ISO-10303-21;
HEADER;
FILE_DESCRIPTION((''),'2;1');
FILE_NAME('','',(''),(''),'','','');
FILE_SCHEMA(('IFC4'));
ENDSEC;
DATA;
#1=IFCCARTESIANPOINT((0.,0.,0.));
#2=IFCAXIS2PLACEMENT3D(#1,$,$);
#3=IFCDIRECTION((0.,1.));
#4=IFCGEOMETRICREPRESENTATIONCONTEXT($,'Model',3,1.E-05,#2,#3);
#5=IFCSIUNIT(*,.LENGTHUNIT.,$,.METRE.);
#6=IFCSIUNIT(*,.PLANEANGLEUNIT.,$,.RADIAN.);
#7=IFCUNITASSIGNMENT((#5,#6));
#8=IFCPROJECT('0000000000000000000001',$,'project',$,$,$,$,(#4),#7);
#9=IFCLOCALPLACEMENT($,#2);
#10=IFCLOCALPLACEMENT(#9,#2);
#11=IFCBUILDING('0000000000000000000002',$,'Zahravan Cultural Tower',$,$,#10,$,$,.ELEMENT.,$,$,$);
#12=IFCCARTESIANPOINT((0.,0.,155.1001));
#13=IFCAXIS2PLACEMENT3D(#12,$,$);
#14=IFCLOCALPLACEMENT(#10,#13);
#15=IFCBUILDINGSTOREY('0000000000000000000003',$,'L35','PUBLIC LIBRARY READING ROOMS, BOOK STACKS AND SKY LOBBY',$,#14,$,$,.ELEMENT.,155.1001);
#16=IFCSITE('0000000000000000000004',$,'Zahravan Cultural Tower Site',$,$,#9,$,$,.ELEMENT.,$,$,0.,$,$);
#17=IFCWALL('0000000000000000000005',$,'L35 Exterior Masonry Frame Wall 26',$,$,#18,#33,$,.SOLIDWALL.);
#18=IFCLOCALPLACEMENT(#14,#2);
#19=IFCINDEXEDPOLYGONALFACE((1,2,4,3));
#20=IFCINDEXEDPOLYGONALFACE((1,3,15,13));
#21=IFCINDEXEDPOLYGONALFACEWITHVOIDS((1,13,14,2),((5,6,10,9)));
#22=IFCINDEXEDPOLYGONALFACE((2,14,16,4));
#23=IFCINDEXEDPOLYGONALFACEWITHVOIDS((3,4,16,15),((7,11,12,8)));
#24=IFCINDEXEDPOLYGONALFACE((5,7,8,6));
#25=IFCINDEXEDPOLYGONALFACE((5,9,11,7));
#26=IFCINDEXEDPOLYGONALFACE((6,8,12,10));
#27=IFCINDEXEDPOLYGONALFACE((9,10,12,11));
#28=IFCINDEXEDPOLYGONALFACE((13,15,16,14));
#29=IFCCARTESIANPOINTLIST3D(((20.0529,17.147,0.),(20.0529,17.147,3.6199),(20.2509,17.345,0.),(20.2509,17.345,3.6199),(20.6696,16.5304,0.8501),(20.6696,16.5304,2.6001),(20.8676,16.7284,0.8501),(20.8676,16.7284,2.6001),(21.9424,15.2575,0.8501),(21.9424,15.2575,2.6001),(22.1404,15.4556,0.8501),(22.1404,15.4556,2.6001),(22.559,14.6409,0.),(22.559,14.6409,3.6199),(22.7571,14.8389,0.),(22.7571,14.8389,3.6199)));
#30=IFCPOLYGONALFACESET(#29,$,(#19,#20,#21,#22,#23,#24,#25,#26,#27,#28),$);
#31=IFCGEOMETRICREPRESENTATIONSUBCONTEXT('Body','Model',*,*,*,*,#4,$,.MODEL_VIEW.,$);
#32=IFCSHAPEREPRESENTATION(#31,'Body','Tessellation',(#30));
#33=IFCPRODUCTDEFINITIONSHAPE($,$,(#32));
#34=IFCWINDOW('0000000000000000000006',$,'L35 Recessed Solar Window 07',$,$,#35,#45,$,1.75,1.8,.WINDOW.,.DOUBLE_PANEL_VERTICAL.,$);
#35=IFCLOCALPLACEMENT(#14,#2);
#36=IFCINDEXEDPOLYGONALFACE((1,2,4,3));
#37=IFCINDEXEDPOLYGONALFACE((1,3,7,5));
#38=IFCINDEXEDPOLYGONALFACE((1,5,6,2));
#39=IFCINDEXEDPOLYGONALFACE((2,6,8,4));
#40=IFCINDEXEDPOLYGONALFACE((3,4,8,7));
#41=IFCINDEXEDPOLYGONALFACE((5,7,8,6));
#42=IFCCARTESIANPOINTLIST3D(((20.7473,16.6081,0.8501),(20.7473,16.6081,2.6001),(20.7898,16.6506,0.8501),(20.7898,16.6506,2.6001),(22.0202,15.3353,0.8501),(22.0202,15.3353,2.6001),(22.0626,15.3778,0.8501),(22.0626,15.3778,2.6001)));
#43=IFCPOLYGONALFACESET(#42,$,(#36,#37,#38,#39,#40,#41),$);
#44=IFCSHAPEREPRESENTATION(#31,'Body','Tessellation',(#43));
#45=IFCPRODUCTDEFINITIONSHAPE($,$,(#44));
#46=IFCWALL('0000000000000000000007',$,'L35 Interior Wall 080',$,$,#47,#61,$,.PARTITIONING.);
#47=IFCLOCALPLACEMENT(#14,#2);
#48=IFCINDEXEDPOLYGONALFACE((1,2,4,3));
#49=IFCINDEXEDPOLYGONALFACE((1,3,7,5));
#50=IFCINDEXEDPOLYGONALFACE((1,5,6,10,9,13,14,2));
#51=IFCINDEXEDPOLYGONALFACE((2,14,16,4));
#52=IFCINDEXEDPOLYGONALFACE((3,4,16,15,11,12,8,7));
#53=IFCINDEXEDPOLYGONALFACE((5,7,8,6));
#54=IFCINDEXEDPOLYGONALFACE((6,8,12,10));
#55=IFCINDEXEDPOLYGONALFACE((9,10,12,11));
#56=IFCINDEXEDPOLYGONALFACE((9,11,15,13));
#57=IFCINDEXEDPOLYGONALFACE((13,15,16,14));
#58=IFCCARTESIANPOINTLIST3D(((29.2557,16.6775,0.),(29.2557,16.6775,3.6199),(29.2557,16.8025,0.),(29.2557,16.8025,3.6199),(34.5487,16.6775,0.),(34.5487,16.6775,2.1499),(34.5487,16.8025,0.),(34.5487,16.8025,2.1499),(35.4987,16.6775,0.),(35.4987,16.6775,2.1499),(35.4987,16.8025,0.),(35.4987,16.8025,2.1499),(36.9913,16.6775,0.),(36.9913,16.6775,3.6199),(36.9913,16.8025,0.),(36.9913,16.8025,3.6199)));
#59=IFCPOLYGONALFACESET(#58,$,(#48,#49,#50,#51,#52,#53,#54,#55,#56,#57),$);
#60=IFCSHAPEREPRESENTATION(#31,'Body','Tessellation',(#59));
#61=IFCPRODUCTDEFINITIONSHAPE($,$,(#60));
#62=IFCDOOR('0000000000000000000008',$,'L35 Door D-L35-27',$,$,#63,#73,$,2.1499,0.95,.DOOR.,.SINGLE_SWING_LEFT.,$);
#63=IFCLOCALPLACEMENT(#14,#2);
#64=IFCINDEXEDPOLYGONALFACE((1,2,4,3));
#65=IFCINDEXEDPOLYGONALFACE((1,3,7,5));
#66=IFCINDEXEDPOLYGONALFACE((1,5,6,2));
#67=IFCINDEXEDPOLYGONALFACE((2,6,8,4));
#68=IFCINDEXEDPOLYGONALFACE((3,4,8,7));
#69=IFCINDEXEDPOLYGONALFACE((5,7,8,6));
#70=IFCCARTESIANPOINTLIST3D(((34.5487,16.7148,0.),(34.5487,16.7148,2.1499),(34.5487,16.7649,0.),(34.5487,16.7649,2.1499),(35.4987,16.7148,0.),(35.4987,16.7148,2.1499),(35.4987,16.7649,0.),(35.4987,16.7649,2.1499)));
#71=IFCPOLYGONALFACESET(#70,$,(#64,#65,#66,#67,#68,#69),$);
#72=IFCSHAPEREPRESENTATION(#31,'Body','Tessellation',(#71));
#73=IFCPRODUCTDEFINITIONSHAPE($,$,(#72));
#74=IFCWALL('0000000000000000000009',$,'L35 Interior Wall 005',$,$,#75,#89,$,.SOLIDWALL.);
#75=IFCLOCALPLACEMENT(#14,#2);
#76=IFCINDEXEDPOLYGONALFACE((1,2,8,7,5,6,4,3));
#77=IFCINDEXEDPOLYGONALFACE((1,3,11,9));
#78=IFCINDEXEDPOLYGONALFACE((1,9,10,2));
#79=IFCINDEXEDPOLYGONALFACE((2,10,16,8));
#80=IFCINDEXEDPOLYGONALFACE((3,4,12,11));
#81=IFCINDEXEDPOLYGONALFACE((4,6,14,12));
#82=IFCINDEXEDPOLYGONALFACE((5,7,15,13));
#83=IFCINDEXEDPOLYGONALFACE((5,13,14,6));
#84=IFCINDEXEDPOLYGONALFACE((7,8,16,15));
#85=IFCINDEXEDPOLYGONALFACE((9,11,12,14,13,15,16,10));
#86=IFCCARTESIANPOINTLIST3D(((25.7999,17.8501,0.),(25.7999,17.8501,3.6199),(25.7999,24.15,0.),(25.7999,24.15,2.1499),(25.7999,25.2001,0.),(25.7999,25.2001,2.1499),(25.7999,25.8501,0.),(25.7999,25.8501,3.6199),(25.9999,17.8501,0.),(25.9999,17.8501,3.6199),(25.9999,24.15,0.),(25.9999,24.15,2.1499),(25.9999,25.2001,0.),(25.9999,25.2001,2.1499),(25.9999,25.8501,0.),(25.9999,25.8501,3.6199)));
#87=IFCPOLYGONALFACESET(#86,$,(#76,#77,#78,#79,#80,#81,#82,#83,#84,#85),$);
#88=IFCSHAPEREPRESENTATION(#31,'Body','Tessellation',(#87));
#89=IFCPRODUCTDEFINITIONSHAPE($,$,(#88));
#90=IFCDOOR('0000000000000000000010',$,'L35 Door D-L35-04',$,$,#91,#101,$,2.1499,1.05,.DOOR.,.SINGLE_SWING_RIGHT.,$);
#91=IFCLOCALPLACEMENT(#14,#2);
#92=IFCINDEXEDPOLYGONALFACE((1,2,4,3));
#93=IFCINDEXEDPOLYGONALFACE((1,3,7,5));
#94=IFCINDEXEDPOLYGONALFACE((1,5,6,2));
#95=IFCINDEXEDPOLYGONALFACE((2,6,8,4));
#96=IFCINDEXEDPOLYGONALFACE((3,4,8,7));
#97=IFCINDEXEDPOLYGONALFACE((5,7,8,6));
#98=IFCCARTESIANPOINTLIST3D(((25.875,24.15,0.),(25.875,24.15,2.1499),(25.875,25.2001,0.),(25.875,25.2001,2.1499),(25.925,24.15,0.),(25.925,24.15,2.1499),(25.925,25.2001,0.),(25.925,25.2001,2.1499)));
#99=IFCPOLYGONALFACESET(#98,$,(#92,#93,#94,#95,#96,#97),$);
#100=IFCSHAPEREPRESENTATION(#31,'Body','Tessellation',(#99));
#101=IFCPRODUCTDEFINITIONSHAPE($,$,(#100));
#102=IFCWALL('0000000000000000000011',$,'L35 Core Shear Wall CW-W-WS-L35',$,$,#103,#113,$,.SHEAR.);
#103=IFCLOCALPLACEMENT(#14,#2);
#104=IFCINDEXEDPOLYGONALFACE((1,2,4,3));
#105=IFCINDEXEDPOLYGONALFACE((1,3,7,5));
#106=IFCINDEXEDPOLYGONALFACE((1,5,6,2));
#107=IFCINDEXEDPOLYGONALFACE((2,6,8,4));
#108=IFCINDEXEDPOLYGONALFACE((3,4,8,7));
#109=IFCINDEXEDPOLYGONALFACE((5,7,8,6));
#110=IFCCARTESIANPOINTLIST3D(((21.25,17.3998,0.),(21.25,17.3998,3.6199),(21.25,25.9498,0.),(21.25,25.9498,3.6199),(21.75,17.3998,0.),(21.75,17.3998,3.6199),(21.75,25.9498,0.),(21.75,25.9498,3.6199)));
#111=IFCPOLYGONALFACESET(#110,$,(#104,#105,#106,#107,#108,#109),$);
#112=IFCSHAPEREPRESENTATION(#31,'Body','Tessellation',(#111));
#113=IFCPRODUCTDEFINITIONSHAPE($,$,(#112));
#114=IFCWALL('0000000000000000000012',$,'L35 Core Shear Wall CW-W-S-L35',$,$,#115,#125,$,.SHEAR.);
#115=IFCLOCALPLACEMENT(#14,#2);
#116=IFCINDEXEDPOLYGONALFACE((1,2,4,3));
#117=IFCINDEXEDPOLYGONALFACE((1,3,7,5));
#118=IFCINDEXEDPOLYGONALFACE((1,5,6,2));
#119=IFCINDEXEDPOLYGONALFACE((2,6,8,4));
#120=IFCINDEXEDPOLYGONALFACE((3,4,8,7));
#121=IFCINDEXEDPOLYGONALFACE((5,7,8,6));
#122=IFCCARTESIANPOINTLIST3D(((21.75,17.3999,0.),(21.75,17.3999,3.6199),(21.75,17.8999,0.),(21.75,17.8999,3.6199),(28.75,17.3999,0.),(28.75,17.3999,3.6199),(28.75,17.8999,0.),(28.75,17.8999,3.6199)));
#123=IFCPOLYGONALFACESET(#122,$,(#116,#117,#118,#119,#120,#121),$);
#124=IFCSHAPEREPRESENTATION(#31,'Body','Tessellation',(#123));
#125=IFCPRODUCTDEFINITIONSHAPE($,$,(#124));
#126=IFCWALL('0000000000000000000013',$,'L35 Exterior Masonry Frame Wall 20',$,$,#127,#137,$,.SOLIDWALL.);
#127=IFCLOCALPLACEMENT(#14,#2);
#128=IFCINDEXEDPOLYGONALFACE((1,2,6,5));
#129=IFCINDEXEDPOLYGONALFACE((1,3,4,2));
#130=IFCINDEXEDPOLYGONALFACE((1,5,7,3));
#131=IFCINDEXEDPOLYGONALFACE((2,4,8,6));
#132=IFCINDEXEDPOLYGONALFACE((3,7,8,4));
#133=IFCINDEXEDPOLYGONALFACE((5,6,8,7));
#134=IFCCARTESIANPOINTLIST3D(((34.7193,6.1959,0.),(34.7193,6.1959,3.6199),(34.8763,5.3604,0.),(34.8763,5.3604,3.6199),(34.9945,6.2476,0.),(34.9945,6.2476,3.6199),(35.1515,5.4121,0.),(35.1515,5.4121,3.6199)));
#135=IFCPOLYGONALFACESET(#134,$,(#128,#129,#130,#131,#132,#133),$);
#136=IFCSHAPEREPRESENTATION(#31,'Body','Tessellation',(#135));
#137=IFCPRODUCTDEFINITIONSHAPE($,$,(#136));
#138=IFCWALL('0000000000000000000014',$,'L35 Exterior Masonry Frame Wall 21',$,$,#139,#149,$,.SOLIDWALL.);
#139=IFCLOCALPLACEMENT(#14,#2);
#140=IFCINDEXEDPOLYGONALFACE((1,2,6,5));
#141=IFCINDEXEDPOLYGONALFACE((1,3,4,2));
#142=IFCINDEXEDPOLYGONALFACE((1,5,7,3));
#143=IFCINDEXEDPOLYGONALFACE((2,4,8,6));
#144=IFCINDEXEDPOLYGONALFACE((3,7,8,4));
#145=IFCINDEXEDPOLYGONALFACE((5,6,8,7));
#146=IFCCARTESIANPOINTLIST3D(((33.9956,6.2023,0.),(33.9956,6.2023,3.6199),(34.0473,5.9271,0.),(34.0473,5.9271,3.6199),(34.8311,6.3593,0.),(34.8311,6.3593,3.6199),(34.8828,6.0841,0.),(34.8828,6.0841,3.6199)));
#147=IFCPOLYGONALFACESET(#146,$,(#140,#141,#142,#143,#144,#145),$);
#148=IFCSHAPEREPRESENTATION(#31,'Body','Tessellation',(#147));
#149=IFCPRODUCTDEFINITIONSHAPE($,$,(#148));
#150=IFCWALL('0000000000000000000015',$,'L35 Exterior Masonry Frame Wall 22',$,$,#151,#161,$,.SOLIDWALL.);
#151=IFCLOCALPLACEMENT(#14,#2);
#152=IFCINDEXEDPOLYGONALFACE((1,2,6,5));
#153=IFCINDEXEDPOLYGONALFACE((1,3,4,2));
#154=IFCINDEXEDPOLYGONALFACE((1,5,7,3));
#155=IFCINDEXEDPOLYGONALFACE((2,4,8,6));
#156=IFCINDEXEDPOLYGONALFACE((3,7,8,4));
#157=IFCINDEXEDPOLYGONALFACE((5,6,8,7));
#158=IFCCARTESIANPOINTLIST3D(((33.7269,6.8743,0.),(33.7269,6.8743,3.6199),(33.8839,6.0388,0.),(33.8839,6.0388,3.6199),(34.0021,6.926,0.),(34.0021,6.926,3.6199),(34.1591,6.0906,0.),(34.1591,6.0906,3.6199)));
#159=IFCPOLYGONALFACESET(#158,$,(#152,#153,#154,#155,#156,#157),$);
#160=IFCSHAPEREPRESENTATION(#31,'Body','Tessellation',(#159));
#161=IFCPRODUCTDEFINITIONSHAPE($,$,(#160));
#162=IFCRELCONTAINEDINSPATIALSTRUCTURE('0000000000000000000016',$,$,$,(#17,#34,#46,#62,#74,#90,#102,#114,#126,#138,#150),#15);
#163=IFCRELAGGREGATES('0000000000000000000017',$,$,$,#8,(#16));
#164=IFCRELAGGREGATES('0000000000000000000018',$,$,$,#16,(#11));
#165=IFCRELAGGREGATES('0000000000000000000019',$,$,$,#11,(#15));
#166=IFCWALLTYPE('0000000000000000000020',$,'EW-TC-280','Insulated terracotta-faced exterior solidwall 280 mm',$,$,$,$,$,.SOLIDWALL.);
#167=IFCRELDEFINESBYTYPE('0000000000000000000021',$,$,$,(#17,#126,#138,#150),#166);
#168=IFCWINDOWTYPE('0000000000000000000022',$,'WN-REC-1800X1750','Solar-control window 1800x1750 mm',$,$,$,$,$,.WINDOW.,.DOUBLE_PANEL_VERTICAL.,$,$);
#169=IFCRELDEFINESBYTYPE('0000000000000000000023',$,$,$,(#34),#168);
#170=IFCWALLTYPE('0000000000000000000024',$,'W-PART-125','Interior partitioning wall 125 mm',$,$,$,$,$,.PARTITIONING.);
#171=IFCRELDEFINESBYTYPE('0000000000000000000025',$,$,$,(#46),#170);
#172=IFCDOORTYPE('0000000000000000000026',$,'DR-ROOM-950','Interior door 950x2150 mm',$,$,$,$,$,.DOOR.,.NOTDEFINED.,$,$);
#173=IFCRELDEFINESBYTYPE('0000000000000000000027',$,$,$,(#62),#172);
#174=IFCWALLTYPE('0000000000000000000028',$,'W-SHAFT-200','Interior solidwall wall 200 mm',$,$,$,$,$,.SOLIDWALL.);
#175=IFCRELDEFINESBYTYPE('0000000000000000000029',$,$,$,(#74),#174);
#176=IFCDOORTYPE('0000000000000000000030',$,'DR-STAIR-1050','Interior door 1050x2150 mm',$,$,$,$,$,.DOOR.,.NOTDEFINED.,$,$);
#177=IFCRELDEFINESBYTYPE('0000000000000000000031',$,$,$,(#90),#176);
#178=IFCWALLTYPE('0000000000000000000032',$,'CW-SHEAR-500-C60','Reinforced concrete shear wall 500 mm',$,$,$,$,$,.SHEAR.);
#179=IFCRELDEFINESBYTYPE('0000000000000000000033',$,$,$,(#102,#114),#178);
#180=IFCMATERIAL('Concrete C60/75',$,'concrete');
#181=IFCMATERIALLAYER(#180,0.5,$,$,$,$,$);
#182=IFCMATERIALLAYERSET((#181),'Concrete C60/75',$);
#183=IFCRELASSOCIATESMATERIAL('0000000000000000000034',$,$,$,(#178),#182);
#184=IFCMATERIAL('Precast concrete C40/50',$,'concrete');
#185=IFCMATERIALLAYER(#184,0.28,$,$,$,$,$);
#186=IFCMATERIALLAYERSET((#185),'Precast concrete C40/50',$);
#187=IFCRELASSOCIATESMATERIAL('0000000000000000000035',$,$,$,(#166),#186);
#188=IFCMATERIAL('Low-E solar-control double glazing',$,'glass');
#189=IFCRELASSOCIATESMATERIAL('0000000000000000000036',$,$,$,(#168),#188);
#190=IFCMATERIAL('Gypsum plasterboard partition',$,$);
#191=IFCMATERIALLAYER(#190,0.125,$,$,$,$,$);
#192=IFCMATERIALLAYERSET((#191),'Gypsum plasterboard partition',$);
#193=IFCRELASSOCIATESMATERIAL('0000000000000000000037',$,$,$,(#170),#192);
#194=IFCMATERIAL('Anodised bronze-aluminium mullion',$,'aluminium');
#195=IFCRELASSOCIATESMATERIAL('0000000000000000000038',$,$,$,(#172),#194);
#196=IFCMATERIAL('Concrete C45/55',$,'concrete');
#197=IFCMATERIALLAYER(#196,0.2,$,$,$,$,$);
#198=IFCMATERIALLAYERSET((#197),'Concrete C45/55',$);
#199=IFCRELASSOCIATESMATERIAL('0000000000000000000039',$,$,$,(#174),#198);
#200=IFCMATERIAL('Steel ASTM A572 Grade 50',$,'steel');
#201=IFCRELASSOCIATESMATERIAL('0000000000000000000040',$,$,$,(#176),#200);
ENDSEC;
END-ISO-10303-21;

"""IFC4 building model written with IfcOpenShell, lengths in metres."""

from ifc_helpers import new_model, si_unit, direction, frame, frame_2d, origin, place, context, subcontext, project, spatial, rectangle, extrude, source, transform, mapped, material, layer, layer_set, type_object, element, fill, save


model = new_model("IFC4")

# Units and contexts
model_context = context("Model", 3, precision=1e-05, world=origin(), true_north=direction((0.0, 1.0)))
body_context = subcontext(model_context, "Body", "Model", "MODEL_VIEW")
ifc_project = project(units=[si_unit("LENGTHUNIT", "METRE"), si_unit("PLANEANGLEUNIT", "RADIAN")], contexts=[model_context])

# Site, building, storey
site_placement = place(None, origin())
site = spatial("IfcSite", under=ifc_project, at=site_placement, Name="Zahravan Cultural Tower Site", CompositionType="ELEMENT", RefElevation=0.0)
building_placement = place(site_placement, origin())
building = spatial("IfcBuilding", under=site, at=building_placement, Name="Zahravan Cultural Tower", CompositionType="ELEMENT")
storey_placement = place(building_placement, frame((0.0, 0.0, 155.1001)))
storey = spatial("IfcBuildingStorey", under=building, at=storey_placement, Name="L35", Description="PUBLIC LIBRARY READING ROOMS, BOOK STACKS AND SKY LOBBY", CompositionType="ELEMENT", Elevation=155.1001)

# Shared definitions
ifc_material_1 = material(Name="Concrete C60/75", Category="concrete")
ifc_layer_1 = layer(ifc_material_1, 0.5)
ifc_layer_set_1 = layer_set([ifc_layer_1], Name="Concrete C60/75")
wall_type_1 = type_object("IfcWallType", Name="CW-SHEAR-500-C60", Description="Reinforced concrete shear wall 500 mm", PredefinedType="SHEAR", material=ifc_layer_set_1)
ifc_material_2 = material(Name="Steel ASTM A572 Grade 50", Category="steel")

# Wall, opening, window
ifc_material_3 = material(Name="Precast concrete C40/50", Category="concrete")
ifc_layer_2 = layer(ifc_material_3, 0.28)
ifc_layer_set_2 = layer_set([ifc_layer_2], Name="Precast concrete C40/50")
wall_type_2 = type_object("IfcWallType", Name="EW-TC-280", Description="Insulated terracotta-faced exterior solidwall 280 mm", PredefinedType="SOLIDWALL", material=ifc_layer_set_2)
ifc_material_4 = material(Name="Low-E solar-control double glazing", Category="glass")
window_type = type_object("IfcWindowType", Name="WN-REC-1800X1750", Description="Solar-control window 1800x1750 mm", PartitioningType="DOUBLE_PANEL_VERTICAL", PredefinedType="WINDOW", material=ifc_material_4)
shared_shape_1 = source(origin(), body_context, "Body", "SweptSolid", [
    extrude(rectangle(XDim=1.8, YDim=1.75, at=frame_2d((0.8999, 0.875))), frame((0.0, 0.03, 0.0), z_axis=(0.0, -1.0, 0.0), x_axis=(1.0, 0.0, 0.0)), (0.0, 0.0, 1.0), 0.0601),
])
wall_1_placement = place(storey_placement, frame((22.658, 14.74, 0.0), z_axis=(0.0, 0.0, 1.0), x_axis=(-0.707107, 0.707107, 0.0)))
wall_1 = element("IfcWall", 1, at=wall_1_placement, inside=storey, type_object=wall_type_2, Name="L35 Exterior Masonry Frame Wall 26", PredefinedType="SOLIDWALL", context=body_context, shape_type="SweptSolid", body=[
    extrude(rectangle(XDim=3.5442, YDim=0.28, at=frame_2d((1.772, 0.0))), origin(), (0.0, 0.0, 1.0), 3.6199),
])
opening_1_placement = place(wall_1_placement, frame((0.8721, 0.0, 0.8501)))
opening_1 = element("IfcOpeningElement", 2, at=opening_1_placement, cuts=wall_1, PredefinedType="OPENING", context=body_context, shape_type="SweptSolid", body=[
    extrude(rectangle(XDim=1.8, YDim=1.75, at=frame_2d((0.8999, 0.875))), frame((0.0, 0.1499, 0.0), z_axis=(0.0, -1.0, 0.0), x_axis=(1.0, 0.0, 0.0)), (0.0, 0.0, 1.0), 0.3),
])
window_1_placement = place(opening_1_placement, origin())
window_1 = element("IfcWindow", 3, at=window_1_placement, inside=storey, type_object=window_type, Name="L35 Recessed Solar Window 07", OverallHeight=1.75, OverallWidth=1.8, PartitioningType="DOUBLE_PANEL_VERTICAL", PredefinedType="WINDOW", context=body_context, shape_type="MappedRepresentation", body=[
    mapped(shared_shape_1, transform((0.0, 0.0, 0.0), x_axis=(1.0, 0.0, 0.0), y_axis=(0.0, 1.0, 0.0), z_axis=(0.0, 0.0, 1.0), scale=1.0)),
])
fill(opening_1, window_1)

# Walls, openings, doors
ifc_material_5 = material(Name="Gypsum plasterboard partition")
ifc_layer_3 = layer(ifc_material_5, 0.125)
ifc_layer_set_3 = layer_set([ifc_layer_3], Name="Gypsum plasterboard partition")
wall_type_3 = type_object("IfcWallType", Name="W-PART-125", Description="Interior partitioning wall 125 mm", PredefinedType="PARTITIONING", material=ifc_layer_set_3)
wall_2_placement = place(storey_placement, frame((29.2559, 16.74, 0.0), z_axis=(0.0, 0.0, 1.0), x_axis=(1.0, 0.0, 0.0)))
wall_2 = element("IfcWall", 4, at=wall_2_placement, inside=storey, type_object=wall_type_3, Name="L35 Interior Wall 080", PredefinedType="PARTITIONING", context=body_context, shape_type="SweptSolid", body=[
    extrude(rectangle(XDim=7.7356, YDim=0.125, at=frame_2d((3.8677, 0.0))), origin(), (0.0, 0.0, 1.0), 3.6199),
])
opening_2_placement = place(wall_2_placement, frame((5.2927, 0.0, 0.0)))
opening_2 = element("IfcOpeningElement", 5, at=opening_2_placement, cuts=wall_2, PredefinedType="OPENING", context=body_context, shape_type="SweptSolid", body=[
    extrude(rectangle(XDim=0.95, YDim=2.1499, at=frame_2d((0.4751, 1.075))), frame((0.0, 0.0725, 0.0), z_axis=(0.0, -1.0, 0.0), x_axis=(1.0, 0.0, 0.0)), (0.0, 0.0, 1.0), 0.145),
])
ifc_material_6 = material(Name="Anodised bronze-aluminium mullion", Category="aluminium")
door_type_1 = type_object("IfcDoorType", Name="DR-ROOM-950", Description="Interior door 950x2150 mm", OperationType="NOTDEFINED", PredefinedType="DOOR", material=ifc_material_6)
shared_shape_2 = source(origin(), body_context, "Body", "SweptSolid", [
    extrude(rectangle(XDim=0.95, YDim=2.1499, at=frame_2d((0.4751, 1.075))), frame((0.0, 0.0249, 0.0), z_axis=(0.0, -1.0, 0.0), x_axis=(1.0, 0.0, 0.0)), (0.0, 0.0, 1.0), 0.05),
])
door_1_placement = place(opening_2_placement, origin())
door_1 = element("IfcDoor", 6, at=door_1_placement, inside=storey, type_object=door_type_1, Name="L35 Door D-L35-27", OperationType="SINGLE_SWING_LEFT", OverallHeight=2.1499, OverallWidth=0.95, PredefinedType="DOOR", context=body_context, shape_type="MappedRepresentation", body=[
    mapped(shared_shape_2, transform((0.0, 0.0, 0.0), x_axis=(1.0, 0.0, 0.0), y_axis=(0.0, 1.0, 0.0), z_axis=(0.0, 0.0, 1.0), scale=1.0)),
])
fill(opening_2, door_1)
ifc_material_7 = material(Name="Concrete C45/55", Category="concrete")
ifc_layer_4 = layer(ifc_material_7, 0.2)
ifc_layer_set_4 = layer_set([ifc_layer_4], Name="Concrete C45/55")
wall_type_4 = type_object("IfcWallType", Name="W-SHAFT-200", Description="Interior solidwall wall 200 mm", PredefinedType="SOLIDWALL", material=ifc_layer_set_4)
wall_3_placement = place(storey_placement, frame((25.8999, 17.8501, 0.0), z_axis=(0.0, 0.0, 1.0), x_axis=(0.0, 1.0, 0.0)))
wall_3 = element("IfcWall", 7, at=wall_3_placement, inside=storey, type_object=wall_type_4, Name="L35 Interior Wall 005", PredefinedType="SOLIDWALL", context=body_context, shape_type="SweptSolid", body=[
    extrude(rectangle(XDim=8.0, YDim=0.2, at=frame_2d((4.0, 0.0))), origin(), (0.0, 0.0, 1.0), 3.6199),
])
opening_3_placement = place(wall_3_placement, frame((6.3, 0.0, 0.0)))
opening_3 = element("IfcOpeningElement", 8, at=opening_3_placement, cuts=wall_3, PredefinedType="OPENING", context=body_context, shape_type="SweptSolid", body=[
    extrude(rectangle(XDim=1.05, YDim=2.1499, at=frame_2d((0.5249, 1.075))), frame((0.0, 0.1099, 0.0), z_axis=(0.0, -1.0, 0.0), x_axis=(1.0, 0.0, 0.0)), (0.0, 0.0, 1.0), 0.22),
])
door_type_2 = type_object("IfcDoorType", Name="DR-STAIR-1050", Description="Interior door 1050x2150 mm", OperationType="NOTDEFINED", PredefinedType="DOOR", material=ifc_material_2)
shared_shape_3 = source(origin(), body_context, "Body", "SweptSolid", [
    extrude(rectangle(XDim=1.05, YDim=2.1499, at=frame_2d((0.5249, 1.075))), frame((0.0, 0.0249, 0.0), z_axis=(0.0, -1.0, 0.0), x_axis=(1.0, 0.0, 0.0)), (0.0, 0.0, 1.0), 0.05),
])
door_2_placement = place(opening_3_placement, origin())
door_2 = element("IfcDoor", 9, at=door_2_placement, inside=storey, type_object=door_type_2, Name="L35 Door D-L35-04", OperationType="SINGLE_SWING_RIGHT", OverallHeight=2.1499, OverallWidth=1.05, PredefinedType="DOOR", context=body_context, shape_type="MappedRepresentation", body=[
    mapped(shared_shape_3, transform((0.0, 0.0, 0.0), x_axis=(1.0, 0.0, 0.0), y_axis=(0.0, 1.0, 0.0), z_axis=(0.0, 0.0, 1.0), scale=1.0)),
])
fill(opening_3, door_2)

# Walls
shared_shape_4 = source(origin(), body_context, "Body", "SweptSolid", [
    extrude(rectangle(XDim=8.55, YDim=0.5, at=frame_2d((4.2749, 0.0))), origin(), (0.0, 0.0, 1.0), 3.6199),
])
wall_4_placement = place(storey_placement, frame((21.5, 17.3999, 0.0), z_axis=(0.0, 0.0, 1.0), x_axis=(0.0, 1.0, 0.0)))
element("IfcWall", 10, at=wall_4_placement, inside=storey, type_object=wall_type_1, Name="L35 Core Shear Wall CW-W-WS-L35", PredefinedType="SHEAR", context=body_context, shape_type="MappedRepresentation", body=[
    mapped(shared_shape_4, transform((0.0, 0.0, 0.0), x_axis=(1.0, 0.0, 0.0), y_axis=(0.0, 1.0, 0.0), z_axis=(0.0, 0.0, 1.0), scale=1.0)),
])
shared_shape_5 = source(origin(), body_context, "Body", "SweptSolid", [
    extrude(rectangle(XDim=7.0, YDim=0.5, at=frame_2d((3.5, 0.0))), origin(), (0.0, 0.0, 1.0), 3.6199),
])
wall_5_placement = place(storey_placement, frame((21.75, 17.6499, 0.0), z_axis=(0.0, 0.0, 1.0), x_axis=(1.0, 0.0, 0.0)))
element("IfcWall", 11, at=wall_5_placement, inside=storey, type_object=wall_type_1, Name="L35 Core Shear Wall CW-W-S-L35", PredefinedType="SHEAR", context=body_context, shape_type="MappedRepresentation", body=[
    mapped(shared_shape_5, transform((0.0, 0.0, 0.0), x_axis=(1.0, 0.0, 0.0), y_axis=(0.0, 1.0, 0.0), z_axis=(0.0, 0.0, 1.0), scale=1.0)),
])
shared_shape_6 = source(origin(), body_context, "Body", "SweptSolid", [
    extrude(rectangle(XDim=0.8501, YDim=0.28, at=frame_2d((0.425, 0.0))), origin(), (0.0, 0.0, 1.0), 3.6199),
])
for number, where, z_axis, x_axis, name in (
    (12, (35.0139, 5.3862, 0.0), (0.0, 0.0, 1.0), (-0.18467, 0.982801, 0.0), "L35 Exterior Masonry Frame Wall 20"),
    (13, (34.8569, 6.2217, 0.0), (0.0, 0.0, 1.0), (-0.982801, -0.18467, 0.0), "L35 Exterior Masonry Frame Wall 21"),
    (14, (34.0215, 6.0647, 0.0), (0.0, 0.0, 1.0), (-0.18467, 0.982801, 0.0), "L35 Exterior Masonry Frame Wall 22"),
):
    element("IfcWall", number, at=place(storey_placement, frame(where, z_axis=z_axis, x_axis=x_axis)), inside=storey, type_object=wall_type_2, Name=name, PredefinedType="SOLIDWALL", context=body_context, shape_type="MappedRepresentation", body=[
        mapped(shared_shape_6, transform((0.0, 0.0, 0.0), x_axis=(1.0, 0.0, 0.0), y_axis=(0.0, 1.0, 0.0), z_axis=(0.0, 0.0, 1.0), scale=1.0)),
    ])

save(model, "model.ifc")
